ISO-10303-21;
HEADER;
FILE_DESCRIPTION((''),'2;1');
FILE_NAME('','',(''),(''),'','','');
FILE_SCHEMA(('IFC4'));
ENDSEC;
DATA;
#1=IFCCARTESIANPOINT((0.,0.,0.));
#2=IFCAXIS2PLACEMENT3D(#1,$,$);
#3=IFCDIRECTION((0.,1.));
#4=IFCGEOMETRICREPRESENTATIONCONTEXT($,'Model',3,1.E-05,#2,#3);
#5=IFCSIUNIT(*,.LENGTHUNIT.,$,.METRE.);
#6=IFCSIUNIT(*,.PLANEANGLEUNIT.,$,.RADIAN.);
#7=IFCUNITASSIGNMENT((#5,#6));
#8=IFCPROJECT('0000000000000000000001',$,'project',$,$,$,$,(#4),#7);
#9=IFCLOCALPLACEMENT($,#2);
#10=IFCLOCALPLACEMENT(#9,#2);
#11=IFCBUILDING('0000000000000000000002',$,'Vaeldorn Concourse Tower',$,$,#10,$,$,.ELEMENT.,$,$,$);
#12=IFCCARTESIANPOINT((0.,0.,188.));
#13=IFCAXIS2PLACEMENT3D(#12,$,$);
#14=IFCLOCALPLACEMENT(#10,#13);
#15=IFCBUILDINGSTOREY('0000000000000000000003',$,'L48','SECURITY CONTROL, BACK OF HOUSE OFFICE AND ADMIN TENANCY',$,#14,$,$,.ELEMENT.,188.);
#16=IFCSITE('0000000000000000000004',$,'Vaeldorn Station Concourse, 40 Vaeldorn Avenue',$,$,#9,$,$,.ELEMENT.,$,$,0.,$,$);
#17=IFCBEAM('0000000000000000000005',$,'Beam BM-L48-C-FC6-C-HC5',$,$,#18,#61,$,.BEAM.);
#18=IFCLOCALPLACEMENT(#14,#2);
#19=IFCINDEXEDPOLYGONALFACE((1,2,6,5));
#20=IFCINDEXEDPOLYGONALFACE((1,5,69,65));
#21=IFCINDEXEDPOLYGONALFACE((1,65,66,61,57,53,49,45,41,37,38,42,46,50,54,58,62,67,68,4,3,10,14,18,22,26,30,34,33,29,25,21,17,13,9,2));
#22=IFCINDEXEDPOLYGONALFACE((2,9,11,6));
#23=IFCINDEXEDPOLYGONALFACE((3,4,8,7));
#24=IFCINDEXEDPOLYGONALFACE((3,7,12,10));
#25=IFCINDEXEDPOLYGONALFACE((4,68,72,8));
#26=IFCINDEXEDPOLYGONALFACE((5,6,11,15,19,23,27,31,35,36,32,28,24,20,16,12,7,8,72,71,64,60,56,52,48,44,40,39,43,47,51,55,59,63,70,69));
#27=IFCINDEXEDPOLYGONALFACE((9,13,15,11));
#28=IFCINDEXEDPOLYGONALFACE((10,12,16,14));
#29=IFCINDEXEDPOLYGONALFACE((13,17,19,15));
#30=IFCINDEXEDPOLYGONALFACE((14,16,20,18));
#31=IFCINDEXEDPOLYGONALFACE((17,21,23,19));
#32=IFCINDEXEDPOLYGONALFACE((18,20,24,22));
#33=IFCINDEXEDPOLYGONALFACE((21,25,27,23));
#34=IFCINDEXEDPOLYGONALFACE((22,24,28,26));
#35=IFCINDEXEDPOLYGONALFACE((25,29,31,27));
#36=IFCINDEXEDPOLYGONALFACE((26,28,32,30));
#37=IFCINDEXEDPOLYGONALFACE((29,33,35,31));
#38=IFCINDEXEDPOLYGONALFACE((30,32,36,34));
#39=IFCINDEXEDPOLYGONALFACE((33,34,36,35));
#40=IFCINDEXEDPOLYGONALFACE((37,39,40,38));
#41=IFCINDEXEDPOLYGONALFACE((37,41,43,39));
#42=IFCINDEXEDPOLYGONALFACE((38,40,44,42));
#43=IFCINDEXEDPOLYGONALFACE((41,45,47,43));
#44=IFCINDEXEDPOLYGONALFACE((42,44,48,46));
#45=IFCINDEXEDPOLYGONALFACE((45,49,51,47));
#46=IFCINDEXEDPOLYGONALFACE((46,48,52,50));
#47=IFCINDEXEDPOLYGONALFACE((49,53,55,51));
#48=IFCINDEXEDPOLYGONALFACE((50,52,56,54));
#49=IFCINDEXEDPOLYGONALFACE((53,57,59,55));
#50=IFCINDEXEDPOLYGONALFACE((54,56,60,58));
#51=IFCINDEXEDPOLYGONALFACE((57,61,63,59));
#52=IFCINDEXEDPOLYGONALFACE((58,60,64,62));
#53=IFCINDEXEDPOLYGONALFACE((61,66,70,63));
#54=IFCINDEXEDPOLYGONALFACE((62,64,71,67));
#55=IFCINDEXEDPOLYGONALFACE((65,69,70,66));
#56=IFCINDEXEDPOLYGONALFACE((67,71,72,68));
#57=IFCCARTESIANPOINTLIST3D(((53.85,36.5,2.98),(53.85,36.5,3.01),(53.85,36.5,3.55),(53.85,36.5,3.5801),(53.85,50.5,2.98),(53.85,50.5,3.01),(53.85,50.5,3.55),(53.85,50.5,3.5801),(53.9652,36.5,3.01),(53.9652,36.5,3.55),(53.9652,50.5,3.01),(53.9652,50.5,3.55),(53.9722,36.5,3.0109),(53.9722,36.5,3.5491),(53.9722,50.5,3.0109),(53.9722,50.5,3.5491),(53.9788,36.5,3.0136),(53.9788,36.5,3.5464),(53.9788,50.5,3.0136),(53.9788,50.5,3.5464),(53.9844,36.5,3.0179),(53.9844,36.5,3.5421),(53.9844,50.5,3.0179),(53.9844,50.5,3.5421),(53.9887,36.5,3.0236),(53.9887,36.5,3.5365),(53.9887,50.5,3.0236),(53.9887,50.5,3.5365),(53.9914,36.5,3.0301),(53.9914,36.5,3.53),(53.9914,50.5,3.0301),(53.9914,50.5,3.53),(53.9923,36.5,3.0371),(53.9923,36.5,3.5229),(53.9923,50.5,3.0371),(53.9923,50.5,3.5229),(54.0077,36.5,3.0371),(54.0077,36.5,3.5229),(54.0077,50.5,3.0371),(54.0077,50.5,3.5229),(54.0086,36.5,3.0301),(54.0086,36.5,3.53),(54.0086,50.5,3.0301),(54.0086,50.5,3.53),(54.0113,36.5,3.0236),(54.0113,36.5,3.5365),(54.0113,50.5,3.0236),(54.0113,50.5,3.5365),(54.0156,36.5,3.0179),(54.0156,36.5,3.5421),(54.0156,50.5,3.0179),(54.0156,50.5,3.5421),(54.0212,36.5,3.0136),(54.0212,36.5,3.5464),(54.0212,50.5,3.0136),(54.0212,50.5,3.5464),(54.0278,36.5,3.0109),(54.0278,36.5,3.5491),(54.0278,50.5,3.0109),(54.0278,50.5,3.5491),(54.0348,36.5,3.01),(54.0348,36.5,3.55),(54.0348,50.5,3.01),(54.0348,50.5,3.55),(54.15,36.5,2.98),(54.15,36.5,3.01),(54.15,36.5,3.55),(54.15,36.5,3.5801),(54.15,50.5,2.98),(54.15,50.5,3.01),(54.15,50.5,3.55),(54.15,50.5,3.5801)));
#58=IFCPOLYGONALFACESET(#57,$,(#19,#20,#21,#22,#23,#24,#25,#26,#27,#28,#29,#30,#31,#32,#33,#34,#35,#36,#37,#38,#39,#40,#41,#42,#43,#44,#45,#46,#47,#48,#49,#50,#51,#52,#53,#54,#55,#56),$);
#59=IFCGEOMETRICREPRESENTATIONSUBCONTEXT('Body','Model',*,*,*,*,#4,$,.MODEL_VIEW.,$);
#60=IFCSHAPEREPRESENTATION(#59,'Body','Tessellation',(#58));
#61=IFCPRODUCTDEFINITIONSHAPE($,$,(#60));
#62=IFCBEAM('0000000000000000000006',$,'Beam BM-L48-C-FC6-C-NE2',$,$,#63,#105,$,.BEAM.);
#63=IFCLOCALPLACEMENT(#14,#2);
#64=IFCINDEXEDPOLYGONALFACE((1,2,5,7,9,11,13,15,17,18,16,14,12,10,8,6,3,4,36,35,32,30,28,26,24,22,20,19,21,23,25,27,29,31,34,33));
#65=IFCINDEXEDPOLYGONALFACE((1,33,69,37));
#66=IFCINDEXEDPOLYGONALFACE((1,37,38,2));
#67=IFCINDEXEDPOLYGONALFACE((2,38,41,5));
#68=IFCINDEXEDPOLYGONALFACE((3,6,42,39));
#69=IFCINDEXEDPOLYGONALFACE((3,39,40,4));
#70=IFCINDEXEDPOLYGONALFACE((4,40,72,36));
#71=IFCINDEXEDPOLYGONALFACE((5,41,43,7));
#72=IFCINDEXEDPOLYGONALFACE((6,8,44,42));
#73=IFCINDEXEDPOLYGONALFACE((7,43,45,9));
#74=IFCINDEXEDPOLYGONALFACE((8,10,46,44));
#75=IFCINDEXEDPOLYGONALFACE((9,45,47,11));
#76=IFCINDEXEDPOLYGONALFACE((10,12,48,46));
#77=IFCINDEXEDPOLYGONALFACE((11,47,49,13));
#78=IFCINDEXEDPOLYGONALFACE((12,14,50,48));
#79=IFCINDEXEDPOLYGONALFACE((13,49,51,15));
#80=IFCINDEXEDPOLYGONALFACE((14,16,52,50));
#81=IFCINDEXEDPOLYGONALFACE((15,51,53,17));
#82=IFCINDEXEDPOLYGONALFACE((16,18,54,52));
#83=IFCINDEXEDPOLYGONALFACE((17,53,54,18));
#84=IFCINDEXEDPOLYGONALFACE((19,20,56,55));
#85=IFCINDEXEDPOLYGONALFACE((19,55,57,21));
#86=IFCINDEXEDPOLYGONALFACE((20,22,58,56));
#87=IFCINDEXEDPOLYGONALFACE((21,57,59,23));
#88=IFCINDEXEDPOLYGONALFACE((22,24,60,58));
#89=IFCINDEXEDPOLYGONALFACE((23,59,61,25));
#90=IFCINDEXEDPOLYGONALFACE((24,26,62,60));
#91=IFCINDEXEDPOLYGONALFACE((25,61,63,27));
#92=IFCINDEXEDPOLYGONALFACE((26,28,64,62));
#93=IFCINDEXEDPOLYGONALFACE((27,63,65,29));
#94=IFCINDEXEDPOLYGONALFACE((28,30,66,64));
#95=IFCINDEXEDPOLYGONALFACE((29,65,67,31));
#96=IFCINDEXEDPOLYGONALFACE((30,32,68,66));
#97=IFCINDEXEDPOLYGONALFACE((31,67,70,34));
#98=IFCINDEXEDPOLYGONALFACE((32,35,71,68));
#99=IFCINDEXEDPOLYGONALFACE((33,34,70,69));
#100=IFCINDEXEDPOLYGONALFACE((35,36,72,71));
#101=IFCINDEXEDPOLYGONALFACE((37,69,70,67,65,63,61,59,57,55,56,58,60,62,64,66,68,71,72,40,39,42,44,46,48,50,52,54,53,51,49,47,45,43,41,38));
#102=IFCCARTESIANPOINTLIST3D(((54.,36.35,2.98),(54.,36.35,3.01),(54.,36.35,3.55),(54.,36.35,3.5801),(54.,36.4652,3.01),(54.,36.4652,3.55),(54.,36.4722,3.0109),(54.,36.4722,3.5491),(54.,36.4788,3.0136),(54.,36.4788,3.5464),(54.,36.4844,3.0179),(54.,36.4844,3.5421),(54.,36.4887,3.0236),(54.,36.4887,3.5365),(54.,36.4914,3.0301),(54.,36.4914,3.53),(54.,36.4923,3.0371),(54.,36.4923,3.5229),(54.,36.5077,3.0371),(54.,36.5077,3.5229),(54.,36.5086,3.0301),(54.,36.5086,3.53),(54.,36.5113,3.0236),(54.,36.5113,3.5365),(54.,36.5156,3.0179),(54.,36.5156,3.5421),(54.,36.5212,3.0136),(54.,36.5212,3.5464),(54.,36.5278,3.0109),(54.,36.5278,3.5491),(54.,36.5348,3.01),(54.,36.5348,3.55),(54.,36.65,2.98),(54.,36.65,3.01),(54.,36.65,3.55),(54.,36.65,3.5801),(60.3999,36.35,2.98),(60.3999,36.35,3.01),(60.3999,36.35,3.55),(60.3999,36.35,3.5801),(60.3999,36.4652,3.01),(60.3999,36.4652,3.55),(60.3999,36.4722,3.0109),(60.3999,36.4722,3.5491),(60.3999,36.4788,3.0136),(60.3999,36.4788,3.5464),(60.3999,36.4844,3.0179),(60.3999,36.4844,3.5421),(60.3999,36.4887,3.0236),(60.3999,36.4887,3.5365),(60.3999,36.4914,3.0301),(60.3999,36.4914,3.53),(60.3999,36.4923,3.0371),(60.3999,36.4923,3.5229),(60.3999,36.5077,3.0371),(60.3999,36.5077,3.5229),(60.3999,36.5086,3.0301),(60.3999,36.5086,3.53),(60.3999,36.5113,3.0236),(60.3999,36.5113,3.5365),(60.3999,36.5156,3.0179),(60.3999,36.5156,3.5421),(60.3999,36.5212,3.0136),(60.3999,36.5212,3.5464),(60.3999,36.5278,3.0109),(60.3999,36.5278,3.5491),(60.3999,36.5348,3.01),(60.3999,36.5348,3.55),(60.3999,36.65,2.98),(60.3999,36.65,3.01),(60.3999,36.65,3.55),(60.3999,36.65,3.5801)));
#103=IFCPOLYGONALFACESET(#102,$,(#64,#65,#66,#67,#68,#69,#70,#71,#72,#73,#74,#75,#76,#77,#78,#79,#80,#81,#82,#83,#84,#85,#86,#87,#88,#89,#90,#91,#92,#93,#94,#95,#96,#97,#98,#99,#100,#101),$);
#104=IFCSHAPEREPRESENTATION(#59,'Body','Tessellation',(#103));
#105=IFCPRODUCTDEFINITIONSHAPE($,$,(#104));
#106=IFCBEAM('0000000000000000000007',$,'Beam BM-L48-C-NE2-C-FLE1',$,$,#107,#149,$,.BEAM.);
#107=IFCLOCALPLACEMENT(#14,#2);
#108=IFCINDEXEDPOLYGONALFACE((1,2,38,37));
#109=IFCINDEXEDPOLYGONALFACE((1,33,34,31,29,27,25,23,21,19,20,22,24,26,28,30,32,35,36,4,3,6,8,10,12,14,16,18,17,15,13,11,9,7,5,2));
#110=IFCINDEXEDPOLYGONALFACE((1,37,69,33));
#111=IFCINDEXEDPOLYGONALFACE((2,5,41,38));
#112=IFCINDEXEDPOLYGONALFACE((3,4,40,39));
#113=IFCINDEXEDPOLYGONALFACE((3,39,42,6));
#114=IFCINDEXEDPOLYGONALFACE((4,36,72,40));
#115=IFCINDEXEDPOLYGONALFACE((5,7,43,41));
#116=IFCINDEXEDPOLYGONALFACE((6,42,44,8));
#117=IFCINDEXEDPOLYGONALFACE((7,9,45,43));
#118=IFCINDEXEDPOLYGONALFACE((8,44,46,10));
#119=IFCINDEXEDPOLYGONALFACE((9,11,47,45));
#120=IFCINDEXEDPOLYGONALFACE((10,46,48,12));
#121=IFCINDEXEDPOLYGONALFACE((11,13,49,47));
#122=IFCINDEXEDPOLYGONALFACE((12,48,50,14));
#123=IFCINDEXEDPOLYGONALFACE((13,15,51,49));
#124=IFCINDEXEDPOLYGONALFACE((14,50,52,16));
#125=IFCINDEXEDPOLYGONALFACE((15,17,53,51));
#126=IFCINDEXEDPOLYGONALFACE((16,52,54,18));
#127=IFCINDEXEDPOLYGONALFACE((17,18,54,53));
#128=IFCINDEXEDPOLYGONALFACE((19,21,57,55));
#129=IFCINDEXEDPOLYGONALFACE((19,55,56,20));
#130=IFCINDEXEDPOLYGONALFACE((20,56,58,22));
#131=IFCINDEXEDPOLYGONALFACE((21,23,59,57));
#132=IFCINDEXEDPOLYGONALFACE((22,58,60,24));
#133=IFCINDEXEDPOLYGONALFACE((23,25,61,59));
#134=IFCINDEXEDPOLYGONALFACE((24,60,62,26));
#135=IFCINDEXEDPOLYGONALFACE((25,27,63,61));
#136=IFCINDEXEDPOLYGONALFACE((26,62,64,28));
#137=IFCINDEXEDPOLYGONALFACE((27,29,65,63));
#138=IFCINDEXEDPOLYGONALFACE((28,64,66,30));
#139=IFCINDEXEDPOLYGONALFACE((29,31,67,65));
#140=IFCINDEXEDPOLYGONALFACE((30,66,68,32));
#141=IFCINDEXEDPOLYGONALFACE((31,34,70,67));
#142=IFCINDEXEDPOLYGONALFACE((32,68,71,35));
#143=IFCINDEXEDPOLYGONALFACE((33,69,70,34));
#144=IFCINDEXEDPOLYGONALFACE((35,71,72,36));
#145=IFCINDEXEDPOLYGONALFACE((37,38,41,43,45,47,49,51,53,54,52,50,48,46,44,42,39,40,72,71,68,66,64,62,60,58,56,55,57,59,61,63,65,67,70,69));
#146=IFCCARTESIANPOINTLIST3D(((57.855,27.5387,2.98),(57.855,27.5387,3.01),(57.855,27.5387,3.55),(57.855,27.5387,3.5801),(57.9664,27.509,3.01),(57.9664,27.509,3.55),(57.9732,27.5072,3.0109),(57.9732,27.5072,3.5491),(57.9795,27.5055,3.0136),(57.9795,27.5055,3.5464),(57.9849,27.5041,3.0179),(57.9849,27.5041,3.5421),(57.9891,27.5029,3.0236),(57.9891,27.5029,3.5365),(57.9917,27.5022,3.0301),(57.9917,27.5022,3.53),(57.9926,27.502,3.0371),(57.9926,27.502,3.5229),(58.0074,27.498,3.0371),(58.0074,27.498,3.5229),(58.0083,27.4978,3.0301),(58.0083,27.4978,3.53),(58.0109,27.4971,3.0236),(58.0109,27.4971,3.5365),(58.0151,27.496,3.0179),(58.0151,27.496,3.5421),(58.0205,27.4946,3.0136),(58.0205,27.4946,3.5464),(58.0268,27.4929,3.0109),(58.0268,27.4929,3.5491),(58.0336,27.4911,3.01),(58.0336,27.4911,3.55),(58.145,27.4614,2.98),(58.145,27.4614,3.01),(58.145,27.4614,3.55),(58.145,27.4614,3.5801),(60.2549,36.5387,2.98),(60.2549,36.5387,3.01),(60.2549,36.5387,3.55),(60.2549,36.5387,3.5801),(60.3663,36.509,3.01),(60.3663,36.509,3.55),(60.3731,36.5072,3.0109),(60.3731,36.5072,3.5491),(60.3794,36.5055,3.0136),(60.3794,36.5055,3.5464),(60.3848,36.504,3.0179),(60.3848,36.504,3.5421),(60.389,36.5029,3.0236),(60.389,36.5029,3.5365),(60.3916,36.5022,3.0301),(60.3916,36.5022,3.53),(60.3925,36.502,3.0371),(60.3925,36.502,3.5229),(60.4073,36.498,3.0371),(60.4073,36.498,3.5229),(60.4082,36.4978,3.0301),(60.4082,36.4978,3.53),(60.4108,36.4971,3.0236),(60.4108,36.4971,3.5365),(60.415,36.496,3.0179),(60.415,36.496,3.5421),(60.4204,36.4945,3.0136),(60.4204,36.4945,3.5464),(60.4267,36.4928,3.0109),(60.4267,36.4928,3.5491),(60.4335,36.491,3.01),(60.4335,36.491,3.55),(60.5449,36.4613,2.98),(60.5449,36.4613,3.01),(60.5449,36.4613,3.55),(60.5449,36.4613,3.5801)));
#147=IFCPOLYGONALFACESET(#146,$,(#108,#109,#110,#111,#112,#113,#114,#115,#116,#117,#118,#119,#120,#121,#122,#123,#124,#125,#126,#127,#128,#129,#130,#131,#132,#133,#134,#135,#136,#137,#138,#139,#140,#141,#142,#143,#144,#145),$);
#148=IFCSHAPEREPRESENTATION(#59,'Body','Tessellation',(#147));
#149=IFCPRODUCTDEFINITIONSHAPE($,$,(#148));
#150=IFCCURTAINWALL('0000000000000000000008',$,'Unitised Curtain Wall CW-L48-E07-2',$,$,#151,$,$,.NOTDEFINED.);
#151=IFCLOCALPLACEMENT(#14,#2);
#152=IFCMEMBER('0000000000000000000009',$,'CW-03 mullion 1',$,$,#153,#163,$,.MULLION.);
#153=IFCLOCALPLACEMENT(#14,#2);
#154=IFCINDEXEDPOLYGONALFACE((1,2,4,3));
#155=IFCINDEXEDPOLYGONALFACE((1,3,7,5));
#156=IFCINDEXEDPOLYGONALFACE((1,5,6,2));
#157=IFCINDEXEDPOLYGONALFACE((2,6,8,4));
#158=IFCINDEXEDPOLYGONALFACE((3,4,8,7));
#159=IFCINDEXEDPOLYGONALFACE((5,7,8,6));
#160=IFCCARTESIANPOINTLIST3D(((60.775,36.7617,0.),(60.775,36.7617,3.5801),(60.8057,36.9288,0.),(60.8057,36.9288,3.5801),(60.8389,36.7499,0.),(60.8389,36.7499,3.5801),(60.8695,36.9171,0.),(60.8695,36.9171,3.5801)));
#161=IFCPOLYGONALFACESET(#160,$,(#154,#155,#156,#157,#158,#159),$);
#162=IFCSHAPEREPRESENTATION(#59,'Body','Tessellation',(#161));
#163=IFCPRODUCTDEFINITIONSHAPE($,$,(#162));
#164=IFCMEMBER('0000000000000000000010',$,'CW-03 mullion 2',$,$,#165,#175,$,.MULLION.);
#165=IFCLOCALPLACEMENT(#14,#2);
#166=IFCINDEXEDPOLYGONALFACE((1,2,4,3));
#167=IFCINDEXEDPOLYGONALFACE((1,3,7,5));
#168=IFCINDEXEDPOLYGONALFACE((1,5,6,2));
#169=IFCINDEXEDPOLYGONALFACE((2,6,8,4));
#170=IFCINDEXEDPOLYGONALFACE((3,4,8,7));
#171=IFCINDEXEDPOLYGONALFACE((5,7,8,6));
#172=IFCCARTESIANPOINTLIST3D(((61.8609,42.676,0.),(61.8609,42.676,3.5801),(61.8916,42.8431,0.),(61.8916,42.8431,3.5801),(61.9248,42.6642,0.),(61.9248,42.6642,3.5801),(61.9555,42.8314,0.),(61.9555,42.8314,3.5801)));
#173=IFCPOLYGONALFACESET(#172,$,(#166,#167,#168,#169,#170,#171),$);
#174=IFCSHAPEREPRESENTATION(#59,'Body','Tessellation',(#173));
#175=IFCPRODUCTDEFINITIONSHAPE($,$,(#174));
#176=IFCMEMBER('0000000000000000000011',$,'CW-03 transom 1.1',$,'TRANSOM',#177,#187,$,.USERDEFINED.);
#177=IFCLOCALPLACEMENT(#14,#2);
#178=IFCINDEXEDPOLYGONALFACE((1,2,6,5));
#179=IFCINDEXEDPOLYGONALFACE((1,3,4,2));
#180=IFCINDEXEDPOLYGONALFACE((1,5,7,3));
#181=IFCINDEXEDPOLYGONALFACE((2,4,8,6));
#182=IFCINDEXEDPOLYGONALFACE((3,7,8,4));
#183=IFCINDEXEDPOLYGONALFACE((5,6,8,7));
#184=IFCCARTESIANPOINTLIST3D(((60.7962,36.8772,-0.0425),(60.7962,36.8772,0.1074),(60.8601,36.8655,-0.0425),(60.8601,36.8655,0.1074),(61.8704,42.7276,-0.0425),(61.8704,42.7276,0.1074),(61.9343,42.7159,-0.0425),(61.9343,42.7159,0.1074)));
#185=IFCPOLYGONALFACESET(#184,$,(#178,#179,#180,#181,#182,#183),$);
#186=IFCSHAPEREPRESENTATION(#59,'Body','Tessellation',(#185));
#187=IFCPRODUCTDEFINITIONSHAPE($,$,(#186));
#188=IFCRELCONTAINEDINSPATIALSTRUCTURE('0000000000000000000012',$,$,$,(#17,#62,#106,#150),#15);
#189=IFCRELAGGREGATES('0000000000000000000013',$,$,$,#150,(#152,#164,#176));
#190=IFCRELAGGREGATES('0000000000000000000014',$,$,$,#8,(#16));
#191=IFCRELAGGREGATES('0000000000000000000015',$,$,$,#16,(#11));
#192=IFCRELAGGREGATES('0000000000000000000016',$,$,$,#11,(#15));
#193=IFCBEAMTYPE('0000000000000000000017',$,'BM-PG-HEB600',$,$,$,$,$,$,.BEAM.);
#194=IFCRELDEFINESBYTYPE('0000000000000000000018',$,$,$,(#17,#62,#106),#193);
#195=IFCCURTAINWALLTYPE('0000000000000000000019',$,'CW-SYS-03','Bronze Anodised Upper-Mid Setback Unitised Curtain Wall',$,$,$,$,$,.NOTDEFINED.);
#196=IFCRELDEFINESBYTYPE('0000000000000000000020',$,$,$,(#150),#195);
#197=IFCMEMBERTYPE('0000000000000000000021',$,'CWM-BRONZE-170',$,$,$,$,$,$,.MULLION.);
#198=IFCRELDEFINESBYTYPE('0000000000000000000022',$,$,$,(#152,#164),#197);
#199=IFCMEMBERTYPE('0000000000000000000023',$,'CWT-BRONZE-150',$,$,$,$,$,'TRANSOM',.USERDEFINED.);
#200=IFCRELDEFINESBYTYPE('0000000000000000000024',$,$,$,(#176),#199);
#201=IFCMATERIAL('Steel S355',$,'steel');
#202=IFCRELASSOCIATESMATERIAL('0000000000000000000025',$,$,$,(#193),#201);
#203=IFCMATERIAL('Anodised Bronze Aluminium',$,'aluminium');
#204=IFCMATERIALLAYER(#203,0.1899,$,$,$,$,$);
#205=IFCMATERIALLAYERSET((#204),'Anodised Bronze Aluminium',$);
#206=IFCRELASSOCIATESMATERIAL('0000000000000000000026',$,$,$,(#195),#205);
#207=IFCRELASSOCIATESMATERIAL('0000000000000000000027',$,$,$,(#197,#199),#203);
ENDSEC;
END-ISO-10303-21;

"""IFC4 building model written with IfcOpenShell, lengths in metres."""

from ifc_helpers import new_model, si_unit, direction, frame, origin, origin_2d, place, context, subcontext, project, spatial, rectangle, i_section, extrude, source, transform, mapped, material, layer, layer_set, material_profile, profile_set, type_object, element, aggregate, save


model = new_model("IFC4")

# Units and contexts
model_context = context("Model", 3, precision=1e-05, world=origin(), true_north=direction((0.0, 1.0)))
body_context = subcontext(model_context, "Body", "Model", "MODEL_VIEW")
ifc_project = project(units=[si_unit("LENGTHUNIT", "METRE"), si_unit("PLANEANGLEUNIT", "RADIAN")], contexts=[model_context])

# Site, building, storey
site_placement = place(None, origin())
site = spatial("IfcSite", under=ifc_project, at=site_placement, Name="Vaeldorn Station Concourse, 40 Vaeldorn Avenue", CompositionType="ELEMENT", RefElevation=0.0)
building_placement = place(site_placement, origin())
building = spatial("IfcBuilding", under=site, at=building_placement, Name="Vaeldorn Concourse Tower", CompositionType="ELEMENT")
storey_placement = place(building_placement, frame((0.0, 0.0, 188.0)))
storey = spatial("IfcBuildingStorey", under=building, at=storey_placement, Name="L48", Description="SECURITY CONTROL, BACK OF HOUSE OFFICE AND ADMIN TENANCY", CompositionType="ELEMENT", Elevation=188.0)

# Beams
ifc_material_1 = material(Name="Steel S355", Category="steel")
ifc_material_profile_1 = material_profile(ifc_material_1, i_section(OverallWidth=0.3, OverallDepth=0.6001, WebThickness=0.0154, FlangeThickness=0.03, FilletRadius=0.0271, at=origin_2d()), Name="HEB 600")
ifc_profile_set_1 = profile_set([ifc_material_profile_1], Name="Steel S355")
beam_type_1 = type_object("IfcBeamType", Name="BM-PG-HEB600", PredefinedType="BEAM", material=ifc_profile_set_1)
shared_shape_1 = source(origin(), body_context, "Body", "SweptSolid", [
    extrude(i_section(OverallWidth=0.3, OverallDepth=0.6001, WebThickness=0.0154, FlangeThickness=0.03, FilletRadius=0.0271, at=origin_2d()), origin(), (0.0, 0.0, 1.0), 14.0),
])
beam_1_placement = place(storey_placement, frame((54.0, 36.5, 3.28), z_axis=(0.0, 1.0, 0.0), x_axis=(-1.0, 0.0, 0.0)))
element("IfcBeam", 1, at=beam_1_placement, inside=storey, type_object=beam_type_1, Name="Beam BM-L48-C-FC6-C-HC5", PredefinedType="BEAM", context=body_context, shape_type="MappedRepresentation", body=[
    mapped(shared_shape_1, transform((0.0, 0.0, 0.0), scale=1.0)),
])
shared_shape_2 = source(origin(), body_context, "Body", "SweptSolid", [
    extrude(i_section(OverallWidth=0.3, OverallDepth=0.6001, WebThickness=0.0154, FlangeThickness=0.03, FilletRadius=0.0271, at=origin_2d()), origin(), (0.0, 0.0, 1.0), 6.3999),
])
beam_2_placement = place(storey_placement, frame((54.0, 36.5, 3.28), z_axis=(1.0, 0.0, 0.0), x_axis=(0.0, 1.0, 0.0)))
element("IfcBeam", 2, at=beam_2_placement, inside=storey, type_object=beam_type_1, Name="Beam BM-L48-C-FC6-C-NE2", PredefinedType="BEAM", context=body_context, shape_type="MappedRepresentation", body=[
    mapped(shared_shape_2, transform((0.0, 0.0, 0.0), scale=1.0)),
])
shared_shape_3 = source(origin(), body_context, "Body", "SweptSolid", [
    extrude(i_section(OverallWidth=0.3, OverallDepth=0.6001, WebThickness=0.0154, FlangeThickness=0.03, FilletRadius=0.0271, at=origin_2d()), origin(), (0.0, 0.0, 1.0), 9.3145),
])
beam_3_placement = place(storey_placement, frame((60.3999, 36.5, 3.28), z_axis=(-0.257653, -0.966238, 0.0), x_axis=(0.966238, -0.257653, 0.0)))
element("IfcBeam", 3, at=beam_3_placement, inside=storey, type_object=beam_type_1, Name="Beam BM-L48-C-NE2-C-FLE1", PredefinedType="BEAM", context=body_context, shape_type="MappedRepresentation", body=[
    mapped(shared_shape_3, transform((0.0, 0.0, 0.0), scale=1.0)),
])

# Curtain wall, members
ifc_material_2 = material(Name="Anodised Bronze Aluminium", Category="aluminium")
ifc_layer_1 = layer(ifc_material_2, 0.1899)
ifc_layer_set_1 = layer_set([ifc_layer_1], Name="Anodised Bronze Aluminium")
curtain_wall_type = type_object("IfcCurtainWallType", Name="CW-SYS-03", Description="Bronze Anodised Upper-Mid Setback Unitised Curtain Wall", PredefinedType="NOTDEFINED", material=ifc_layer_set_1)
curtain_wall_placement = place(storey_placement, origin())
curtain_wall = element("IfcCurtainWall", 4, at=curtain_wall_placement, inside=storey, type_object=curtain_wall_type, Name="Unitised Curtain Wall CW-L48-E07-2", PredefinedType="NOTDEFINED")
ifc_material_profile_2 = material_profile(ifc_material_2, rectangle(XDim=0.0649, YDim=0.1699, at=origin_2d()), Name="CWM 65x170")
ifc_profile_set_2 = profile_set([ifc_material_profile_2], Name="Anodised Bronze Aluminium")
member_type_1 = type_object("IfcMemberType", Name="CWM-BRONZE-170", PredefinedType="MULLION", material=ifc_profile_set_2)
shared_shape_4 = source(origin(), body_context, "Body", "SweptSolid", [
    extrude(rectangle(XDim=0.0649, YDim=0.1699, at=origin_2d()), origin(), (0.0, 0.0, 1.0), 3.5801),
])
member_1_placement = place(storey_placement, frame((60.8223, 36.8394, 0.0), z_axis=(0.0, 0.0, 1.0), x_axis=(-0.983559, 0.180585, 0.0)))
member_1 = element("IfcMember", 5, at=member_1_placement, type_object=member_type_1, Name="CW-03 mullion 1", PredefinedType="MULLION", context=body_context, shape_type="MappedRepresentation", body=[
    mapped(shared_shape_4, transform((0.0, 0.0, 0.0), scale=1.0)),
])
member_2_placement = place(storey_placement, frame((61.9082, 42.7537, 0.0), z_axis=(0.0, 0.0, 1.0), x_axis=(-0.983559, 0.180585, 0.0)))
member_2 = element("IfcMember", 6, at=member_2_placement, type_object=member_type_1, Name="CW-03 mullion 2", PredefinedType="MULLION", context=body_context, shape_type="MappedRepresentation", body=[
    mapped(shared_shape_4, transform((0.0, 0.0, 0.0), scale=1.0)),
])
ifc_material_profile_3 = material_profile(ifc_material_2, rectangle(XDim=0.0649, YDim=0.1499, at=origin_2d()), Name="CWT 65x150")
ifc_profile_set_3 = profile_set([ifc_material_profile_3], Name="Anodised Bronze Aluminium")
member_type_2 = type_object("IfcMemberType", Name="CWT-BRONZE-150", ElementType="TRANSOM", PredefinedType="USERDEFINED", material=ifc_profile_set_3)
shared_shape_5 = source(origin(), body_context, "Body", "SweptSolid", [
    extrude(rectangle(XDim=0.0649, YDim=0.1499, at=origin_2d()), origin(), (0.0, 0.0, 1.0), 5.9482),
])
member_3_placement = place(storey_placement, frame((60.8281, 36.8713, 0.0325), z_axis=(0.180597, 0.983557, 0.0), x_axis=(-0.983557, 0.180597, 0.0)))
member_3 = element("IfcMember", 7, at=member_3_placement, type_object=member_type_2, Name="CW-03 transom 1.1", ObjectType="TRANSOM", PredefinedType="USERDEFINED", context=body_context, shape_type="MappedRepresentation", body=[
    mapped(shared_shape_5, transform((0.0, 0.0, 0.0), scale=1.0)),
])
aggregate(curtain_wall, [member_1, member_2, member_3])

save(model, "model.ifc")
